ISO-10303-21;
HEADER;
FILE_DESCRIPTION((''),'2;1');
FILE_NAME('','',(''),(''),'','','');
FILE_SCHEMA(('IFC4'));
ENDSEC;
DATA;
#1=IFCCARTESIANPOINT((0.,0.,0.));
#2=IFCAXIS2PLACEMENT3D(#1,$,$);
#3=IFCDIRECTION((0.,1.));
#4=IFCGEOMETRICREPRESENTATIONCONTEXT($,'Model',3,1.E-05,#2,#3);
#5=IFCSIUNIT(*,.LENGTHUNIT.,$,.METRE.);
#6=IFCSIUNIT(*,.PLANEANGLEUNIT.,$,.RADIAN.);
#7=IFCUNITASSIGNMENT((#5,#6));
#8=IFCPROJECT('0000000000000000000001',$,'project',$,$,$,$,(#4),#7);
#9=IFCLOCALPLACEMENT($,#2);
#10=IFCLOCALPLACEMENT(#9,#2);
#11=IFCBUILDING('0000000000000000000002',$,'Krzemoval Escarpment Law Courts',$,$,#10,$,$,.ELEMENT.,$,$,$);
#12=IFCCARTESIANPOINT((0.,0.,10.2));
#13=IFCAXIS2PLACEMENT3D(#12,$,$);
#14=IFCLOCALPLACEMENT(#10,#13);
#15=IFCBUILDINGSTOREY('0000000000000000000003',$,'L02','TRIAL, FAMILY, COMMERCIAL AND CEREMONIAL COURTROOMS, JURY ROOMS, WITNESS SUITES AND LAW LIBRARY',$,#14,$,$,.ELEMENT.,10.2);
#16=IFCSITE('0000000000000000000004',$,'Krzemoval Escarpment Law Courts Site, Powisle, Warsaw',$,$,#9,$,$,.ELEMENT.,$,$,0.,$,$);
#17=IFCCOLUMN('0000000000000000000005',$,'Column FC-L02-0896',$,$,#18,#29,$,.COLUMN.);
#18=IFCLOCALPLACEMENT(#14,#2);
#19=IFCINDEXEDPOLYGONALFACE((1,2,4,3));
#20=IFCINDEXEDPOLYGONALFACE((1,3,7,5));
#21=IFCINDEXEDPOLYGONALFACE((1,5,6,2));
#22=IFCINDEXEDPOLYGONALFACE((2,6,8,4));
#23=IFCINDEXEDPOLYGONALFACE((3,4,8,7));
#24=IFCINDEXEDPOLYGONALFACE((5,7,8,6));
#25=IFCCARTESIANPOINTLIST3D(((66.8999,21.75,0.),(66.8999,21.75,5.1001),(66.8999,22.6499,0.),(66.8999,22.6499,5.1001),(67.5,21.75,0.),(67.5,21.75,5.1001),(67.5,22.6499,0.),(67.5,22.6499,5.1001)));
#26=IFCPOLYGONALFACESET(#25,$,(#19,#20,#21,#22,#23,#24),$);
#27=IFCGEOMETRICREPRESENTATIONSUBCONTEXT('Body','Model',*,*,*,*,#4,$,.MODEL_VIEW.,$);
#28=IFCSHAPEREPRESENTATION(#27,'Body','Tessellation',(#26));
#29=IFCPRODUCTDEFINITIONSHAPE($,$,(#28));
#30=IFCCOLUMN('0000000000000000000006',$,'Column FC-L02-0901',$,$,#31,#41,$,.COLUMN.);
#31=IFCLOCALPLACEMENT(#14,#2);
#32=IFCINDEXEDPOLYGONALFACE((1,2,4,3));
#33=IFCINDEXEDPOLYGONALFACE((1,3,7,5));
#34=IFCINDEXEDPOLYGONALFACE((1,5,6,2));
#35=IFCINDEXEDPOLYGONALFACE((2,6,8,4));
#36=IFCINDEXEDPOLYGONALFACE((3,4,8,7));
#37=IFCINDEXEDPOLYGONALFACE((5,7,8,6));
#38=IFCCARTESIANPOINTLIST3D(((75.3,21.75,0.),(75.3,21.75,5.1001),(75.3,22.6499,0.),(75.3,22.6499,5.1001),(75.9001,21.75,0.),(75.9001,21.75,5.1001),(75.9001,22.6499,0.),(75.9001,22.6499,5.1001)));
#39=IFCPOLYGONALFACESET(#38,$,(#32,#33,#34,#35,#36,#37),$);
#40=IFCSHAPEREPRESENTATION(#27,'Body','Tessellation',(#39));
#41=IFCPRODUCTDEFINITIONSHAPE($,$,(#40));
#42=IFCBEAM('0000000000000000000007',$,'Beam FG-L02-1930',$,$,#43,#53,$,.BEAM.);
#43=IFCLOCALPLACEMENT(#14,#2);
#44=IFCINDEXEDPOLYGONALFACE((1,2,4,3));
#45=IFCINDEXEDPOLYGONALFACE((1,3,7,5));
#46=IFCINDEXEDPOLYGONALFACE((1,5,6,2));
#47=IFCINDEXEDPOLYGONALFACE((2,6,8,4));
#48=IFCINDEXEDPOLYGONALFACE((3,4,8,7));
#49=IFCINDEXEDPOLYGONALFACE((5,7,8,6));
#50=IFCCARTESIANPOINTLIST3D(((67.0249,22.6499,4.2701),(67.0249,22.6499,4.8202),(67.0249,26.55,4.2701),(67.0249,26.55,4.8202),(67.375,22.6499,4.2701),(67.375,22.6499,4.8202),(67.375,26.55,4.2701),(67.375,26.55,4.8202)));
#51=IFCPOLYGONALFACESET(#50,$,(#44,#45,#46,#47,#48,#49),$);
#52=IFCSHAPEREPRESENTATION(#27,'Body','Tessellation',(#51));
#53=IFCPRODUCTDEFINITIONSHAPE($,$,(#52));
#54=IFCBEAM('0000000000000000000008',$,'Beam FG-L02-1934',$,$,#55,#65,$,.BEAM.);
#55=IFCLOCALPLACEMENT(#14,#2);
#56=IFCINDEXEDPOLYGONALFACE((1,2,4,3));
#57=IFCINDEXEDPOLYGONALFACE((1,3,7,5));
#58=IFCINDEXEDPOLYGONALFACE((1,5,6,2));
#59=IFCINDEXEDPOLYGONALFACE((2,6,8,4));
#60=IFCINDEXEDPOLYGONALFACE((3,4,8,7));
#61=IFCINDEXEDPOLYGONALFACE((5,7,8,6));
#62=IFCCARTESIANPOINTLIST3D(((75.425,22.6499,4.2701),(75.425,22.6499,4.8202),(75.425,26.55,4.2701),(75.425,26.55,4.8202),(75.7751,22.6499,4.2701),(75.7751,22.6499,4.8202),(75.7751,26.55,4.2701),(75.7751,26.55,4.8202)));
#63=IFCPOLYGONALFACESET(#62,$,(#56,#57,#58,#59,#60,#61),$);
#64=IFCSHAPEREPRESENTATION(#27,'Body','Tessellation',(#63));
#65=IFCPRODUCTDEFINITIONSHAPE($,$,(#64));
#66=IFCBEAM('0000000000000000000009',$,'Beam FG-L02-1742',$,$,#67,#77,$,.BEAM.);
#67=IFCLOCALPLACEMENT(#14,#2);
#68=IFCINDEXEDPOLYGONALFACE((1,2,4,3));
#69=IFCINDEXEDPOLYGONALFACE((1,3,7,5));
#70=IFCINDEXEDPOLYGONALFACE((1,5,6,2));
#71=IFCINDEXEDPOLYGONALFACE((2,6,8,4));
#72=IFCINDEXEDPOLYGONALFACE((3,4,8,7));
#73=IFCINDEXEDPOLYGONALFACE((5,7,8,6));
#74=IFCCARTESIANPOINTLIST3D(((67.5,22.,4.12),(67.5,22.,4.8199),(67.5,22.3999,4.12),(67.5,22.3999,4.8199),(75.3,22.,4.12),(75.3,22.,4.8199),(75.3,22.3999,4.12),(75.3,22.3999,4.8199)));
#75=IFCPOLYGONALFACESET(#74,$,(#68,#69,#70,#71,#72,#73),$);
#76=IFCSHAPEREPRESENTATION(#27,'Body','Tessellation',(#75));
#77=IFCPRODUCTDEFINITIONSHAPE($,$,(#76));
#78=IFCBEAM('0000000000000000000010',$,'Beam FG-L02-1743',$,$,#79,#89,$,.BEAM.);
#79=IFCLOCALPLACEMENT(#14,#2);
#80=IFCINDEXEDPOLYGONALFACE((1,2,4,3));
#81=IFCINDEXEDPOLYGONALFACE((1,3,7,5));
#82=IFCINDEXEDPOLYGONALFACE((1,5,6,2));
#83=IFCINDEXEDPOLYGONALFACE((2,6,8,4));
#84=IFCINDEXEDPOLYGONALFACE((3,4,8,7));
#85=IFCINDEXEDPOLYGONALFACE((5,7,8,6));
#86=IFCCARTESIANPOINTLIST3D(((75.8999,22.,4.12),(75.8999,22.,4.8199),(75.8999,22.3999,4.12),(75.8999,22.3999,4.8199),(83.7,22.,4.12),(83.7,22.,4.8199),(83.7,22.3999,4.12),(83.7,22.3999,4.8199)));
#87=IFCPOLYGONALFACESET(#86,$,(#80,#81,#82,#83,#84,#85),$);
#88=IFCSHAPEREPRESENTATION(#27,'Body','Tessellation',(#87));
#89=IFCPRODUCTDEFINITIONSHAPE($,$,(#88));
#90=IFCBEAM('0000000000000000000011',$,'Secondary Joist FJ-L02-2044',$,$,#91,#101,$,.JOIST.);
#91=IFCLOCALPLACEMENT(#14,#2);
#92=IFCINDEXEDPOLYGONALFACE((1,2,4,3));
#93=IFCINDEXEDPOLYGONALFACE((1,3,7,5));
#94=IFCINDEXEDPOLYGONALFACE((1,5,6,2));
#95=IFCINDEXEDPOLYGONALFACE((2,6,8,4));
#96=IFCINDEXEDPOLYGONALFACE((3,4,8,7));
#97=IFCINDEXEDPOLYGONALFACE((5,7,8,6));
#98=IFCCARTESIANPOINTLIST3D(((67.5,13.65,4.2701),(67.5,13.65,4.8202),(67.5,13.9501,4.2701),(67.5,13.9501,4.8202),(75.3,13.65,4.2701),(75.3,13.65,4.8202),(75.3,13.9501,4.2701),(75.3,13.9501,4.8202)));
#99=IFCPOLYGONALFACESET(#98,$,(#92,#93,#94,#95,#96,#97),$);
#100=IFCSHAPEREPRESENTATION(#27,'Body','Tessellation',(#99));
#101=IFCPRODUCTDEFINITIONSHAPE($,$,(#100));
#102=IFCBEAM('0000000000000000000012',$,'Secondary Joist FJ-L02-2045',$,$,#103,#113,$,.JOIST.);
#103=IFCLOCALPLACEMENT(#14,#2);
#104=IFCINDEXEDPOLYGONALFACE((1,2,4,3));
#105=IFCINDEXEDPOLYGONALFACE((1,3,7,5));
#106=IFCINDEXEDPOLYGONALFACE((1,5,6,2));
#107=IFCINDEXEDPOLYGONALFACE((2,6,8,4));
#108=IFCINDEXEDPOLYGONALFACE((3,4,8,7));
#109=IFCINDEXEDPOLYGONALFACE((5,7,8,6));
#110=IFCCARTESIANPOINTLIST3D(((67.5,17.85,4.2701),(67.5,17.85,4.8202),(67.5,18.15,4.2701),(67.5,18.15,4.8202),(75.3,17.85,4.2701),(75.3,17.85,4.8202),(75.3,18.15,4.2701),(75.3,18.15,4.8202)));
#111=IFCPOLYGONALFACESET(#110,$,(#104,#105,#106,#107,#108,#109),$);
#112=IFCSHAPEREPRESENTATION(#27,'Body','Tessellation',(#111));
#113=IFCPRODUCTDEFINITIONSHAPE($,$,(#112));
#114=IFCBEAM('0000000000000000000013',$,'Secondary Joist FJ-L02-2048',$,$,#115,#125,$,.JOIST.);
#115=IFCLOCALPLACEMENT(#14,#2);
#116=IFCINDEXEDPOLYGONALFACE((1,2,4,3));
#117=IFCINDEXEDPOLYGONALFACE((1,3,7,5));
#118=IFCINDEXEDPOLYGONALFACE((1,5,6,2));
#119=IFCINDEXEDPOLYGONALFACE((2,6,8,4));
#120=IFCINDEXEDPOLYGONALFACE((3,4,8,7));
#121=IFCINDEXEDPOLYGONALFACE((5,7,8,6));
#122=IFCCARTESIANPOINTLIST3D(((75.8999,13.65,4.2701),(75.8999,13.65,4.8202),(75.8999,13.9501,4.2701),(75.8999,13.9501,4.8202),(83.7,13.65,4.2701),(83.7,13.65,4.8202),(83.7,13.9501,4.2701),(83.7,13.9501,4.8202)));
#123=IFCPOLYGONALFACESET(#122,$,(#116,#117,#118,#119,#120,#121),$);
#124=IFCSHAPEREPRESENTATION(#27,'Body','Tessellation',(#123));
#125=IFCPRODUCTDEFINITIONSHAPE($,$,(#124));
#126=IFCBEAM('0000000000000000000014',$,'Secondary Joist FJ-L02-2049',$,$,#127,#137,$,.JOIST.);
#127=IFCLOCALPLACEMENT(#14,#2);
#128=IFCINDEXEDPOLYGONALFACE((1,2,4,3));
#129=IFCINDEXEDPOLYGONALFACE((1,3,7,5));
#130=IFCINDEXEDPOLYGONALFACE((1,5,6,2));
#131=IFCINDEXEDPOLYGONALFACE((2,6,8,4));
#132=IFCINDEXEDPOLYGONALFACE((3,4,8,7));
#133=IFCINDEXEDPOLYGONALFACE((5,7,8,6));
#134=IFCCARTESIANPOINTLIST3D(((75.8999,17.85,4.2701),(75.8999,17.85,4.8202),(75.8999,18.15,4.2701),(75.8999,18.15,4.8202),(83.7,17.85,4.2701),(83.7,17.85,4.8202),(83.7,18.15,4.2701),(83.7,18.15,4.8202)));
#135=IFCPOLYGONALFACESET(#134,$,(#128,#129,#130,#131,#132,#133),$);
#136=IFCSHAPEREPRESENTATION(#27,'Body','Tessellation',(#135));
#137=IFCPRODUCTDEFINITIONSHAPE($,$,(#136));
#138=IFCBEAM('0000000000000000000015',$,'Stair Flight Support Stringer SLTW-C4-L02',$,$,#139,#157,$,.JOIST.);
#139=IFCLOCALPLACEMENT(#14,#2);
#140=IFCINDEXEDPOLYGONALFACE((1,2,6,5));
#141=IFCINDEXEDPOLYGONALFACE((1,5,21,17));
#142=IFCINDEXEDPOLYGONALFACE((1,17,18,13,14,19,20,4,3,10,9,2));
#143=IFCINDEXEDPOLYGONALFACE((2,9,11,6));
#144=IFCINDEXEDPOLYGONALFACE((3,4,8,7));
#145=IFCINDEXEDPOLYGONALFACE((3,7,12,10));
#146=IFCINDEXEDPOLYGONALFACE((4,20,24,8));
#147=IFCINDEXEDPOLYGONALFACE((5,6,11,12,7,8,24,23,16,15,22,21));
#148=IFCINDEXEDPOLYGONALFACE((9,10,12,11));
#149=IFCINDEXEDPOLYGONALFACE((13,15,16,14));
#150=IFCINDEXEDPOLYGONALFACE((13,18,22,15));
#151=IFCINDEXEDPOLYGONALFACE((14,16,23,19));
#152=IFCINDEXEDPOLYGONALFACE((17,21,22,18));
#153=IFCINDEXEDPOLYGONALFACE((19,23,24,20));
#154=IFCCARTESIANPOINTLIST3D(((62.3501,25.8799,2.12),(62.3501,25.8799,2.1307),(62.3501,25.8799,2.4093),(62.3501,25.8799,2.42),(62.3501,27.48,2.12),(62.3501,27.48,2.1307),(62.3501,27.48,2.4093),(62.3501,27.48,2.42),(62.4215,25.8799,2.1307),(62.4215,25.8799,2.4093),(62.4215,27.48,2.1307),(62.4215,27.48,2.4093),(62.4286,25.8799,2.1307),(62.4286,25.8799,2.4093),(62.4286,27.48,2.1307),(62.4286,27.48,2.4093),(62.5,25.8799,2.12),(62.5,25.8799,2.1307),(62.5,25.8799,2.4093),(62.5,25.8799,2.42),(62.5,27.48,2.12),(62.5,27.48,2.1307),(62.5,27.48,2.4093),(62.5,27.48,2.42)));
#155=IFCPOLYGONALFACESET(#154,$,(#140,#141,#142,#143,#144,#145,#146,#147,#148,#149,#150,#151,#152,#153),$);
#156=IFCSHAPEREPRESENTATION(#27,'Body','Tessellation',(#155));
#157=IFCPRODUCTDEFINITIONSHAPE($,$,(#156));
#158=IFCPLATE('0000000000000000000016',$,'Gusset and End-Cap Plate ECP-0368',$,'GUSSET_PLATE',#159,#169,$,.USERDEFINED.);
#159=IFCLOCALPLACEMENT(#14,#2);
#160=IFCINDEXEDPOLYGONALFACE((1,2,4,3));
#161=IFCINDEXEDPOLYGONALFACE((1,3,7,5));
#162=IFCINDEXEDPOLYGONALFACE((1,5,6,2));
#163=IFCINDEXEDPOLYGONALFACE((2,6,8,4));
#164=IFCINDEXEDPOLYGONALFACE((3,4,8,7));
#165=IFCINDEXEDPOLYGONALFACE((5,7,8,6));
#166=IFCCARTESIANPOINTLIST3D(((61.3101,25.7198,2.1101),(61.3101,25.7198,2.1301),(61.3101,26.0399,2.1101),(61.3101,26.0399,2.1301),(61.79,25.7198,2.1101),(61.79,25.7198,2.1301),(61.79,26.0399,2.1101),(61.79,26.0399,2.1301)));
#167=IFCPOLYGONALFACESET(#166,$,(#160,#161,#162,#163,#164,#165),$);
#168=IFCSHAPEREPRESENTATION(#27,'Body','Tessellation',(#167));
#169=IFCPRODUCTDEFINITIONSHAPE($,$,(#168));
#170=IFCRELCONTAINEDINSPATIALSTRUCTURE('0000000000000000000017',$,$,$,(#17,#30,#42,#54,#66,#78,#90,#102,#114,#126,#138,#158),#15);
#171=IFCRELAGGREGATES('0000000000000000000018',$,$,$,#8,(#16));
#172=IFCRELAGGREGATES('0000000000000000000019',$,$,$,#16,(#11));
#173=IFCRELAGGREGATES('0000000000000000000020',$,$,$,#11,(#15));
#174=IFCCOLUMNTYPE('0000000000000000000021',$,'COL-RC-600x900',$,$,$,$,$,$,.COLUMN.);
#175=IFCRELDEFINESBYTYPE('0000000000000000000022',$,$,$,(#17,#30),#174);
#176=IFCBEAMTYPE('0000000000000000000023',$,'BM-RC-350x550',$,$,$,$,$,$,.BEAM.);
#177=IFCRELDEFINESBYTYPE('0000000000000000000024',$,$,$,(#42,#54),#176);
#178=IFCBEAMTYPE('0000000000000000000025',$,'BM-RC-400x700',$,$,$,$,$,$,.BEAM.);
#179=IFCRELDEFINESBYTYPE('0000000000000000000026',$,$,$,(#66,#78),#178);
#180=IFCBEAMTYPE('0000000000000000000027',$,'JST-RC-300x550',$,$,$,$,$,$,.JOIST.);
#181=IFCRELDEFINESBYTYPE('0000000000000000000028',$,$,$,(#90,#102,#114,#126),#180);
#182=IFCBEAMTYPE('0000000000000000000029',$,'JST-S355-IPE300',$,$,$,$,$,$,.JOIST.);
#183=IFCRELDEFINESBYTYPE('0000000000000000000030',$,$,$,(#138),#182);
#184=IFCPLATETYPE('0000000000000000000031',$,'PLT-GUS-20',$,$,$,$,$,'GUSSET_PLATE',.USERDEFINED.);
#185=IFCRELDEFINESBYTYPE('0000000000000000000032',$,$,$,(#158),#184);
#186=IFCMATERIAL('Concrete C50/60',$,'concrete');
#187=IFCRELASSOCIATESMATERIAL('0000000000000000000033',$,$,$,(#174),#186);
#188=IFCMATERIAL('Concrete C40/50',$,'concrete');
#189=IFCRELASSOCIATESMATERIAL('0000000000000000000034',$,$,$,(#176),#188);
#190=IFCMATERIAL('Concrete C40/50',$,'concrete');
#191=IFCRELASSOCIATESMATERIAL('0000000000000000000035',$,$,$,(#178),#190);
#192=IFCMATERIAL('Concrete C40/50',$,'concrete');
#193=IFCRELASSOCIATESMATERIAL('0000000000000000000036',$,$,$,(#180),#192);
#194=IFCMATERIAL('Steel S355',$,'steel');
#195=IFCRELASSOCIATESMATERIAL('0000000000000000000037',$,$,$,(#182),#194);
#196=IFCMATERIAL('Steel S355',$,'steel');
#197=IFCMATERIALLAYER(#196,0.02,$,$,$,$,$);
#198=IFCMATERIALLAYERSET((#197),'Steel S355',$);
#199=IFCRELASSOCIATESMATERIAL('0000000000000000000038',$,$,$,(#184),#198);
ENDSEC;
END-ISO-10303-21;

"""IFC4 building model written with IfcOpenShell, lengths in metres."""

from ifc_helpers import new_model, si_unit, direction, frame, origin, origin_2d, place, context, subcontext, project, spatial, rectangle, i_section, extrude, material, layer, layer_set, material_profile, profile_set, type_object, element, save


model = new_model("IFC4")

# Units and contexts
model_context = context("Model", 3, precision=1e-05, world=origin(), true_north=direction((0.0, 1.0)))
body_context = subcontext(model_context, "Body", "Model", "MODEL_VIEW")
ifc_project = project(units=[si_unit("LENGTHUNIT", "METRE"), si_unit("PLANEANGLEUNIT", "RADIAN")], contexts=[model_context])

# Site, building, storey
site_placement = place(None, origin())
site = spatial("IfcSite", under=ifc_project, at=site_placement, Name="Krzemoval Escarpment Law Courts Site, Powisle, Warsaw", CompositionType="ELEMENT", RefElevation=0.0)
building_placement = place(site_placement, origin())
building = spatial("IfcBuilding", under=site, at=building_placement, Name="Krzemoval Escarpment Law Courts", CompositionType="ELEMENT")
storey_placement = place(building_placement, frame((0.0, 0.0, 10.2)))
storey = spatial("IfcBuildingStorey", under=building, at=storey_placement, Name="L02", Description="TRIAL, FAMILY, COMMERCIAL AND CEREMONIAL COURTROOMS, JURY ROOMS, WITNESS SUITES AND LAW LIBRARY", CompositionType="ELEMENT", Elevation=10.2)

# Columns
ifc_material_1 = material(Name="Concrete C50/60", Category="concrete")
ifc_material_profile_1 = material_profile(ifc_material_1, rectangle(XDim=0.6001, YDim=0.8999, at=origin_2d()), Name="RC 600x900")
ifc_profile_set_1 = profile_set([ifc_material_profile_1], Name="Concrete C50/60")
column_type = type_object("IfcColumnType", Name="COL-RC-600x900", PredefinedType="COLUMN", material=ifc_profile_set_1)
for number, where, z_axis, x_axis, name in (
    (1, (67.2, 22.2, 0.0), (0.0, 0.0, 1.0), (1.0, 0.0, 0.0), "Column FC-L02-0896"),
    (2, (75.6001, 22.2, 0.0), (0.0, 0.0, 1.0), (1.0, 0.0, 0.0), "Column FC-L02-0901"),
):
    element("IfcColumn", number, at=place(storey_placement, frame(where, z_axis=z_axis, x_axis=x_axis)), inside=storey, type_object=column_type, Name=name, PredefinedType="COLUMN", context=body_context, shape_type="SweptSolid", body=[
        extrude(rectangle(XDim=0.6001, YDim=0.8999, at=origin_2d()), origin(), (0.0, 0.0, 1.0), 5.1001),
    ])

# Beams
ifc_material_2 = material(Name="Concrete C40/50", Category="concrete")
ifc_material_profile_2 = material_profile(ifc_material_2, rectangle(XDim=0.3501, YDim=0.55, at=origin_2d()), Name="RCB 350x550")
ifc_profile_set_2 = profile_set([ifc_material_profile_2], Name="Concrete C40/50")
beam_type_1 = type_object("IfcBeamType", Name="BM-RC-350x550", PredefinedType="BEAM", material=ifc_profile_set_2)
for number, where, z_axis, x_axis, name in (
    (3, (67.2, 22.6499, 4.5452), (0.0, 1.0, 0.0), (-1.0, 0.0, 0.0), "Beam FG-L02-1930"),
    (4, (75.6001, 22.6499, 4.5452), (0.0, 1.0, 0.0), (-1.0, 0.0, 0.0), "Beam FG-L02-1934"),
):
    element("IfcBeam", number, at=place(storey_placement, frame(where, z_axis=z_axis, x_axis=x_axis)), inside=storey, type_object=beam_type_1, Name=name, PredefinedType="BEAM", context=body_context, shape_type="SweptSolid", body=[
        extrude(rectangle(XDim=0.3501, YDim=0.55, at=origin_2d()), origin(), (0.0, 0.0, 1.0), 3.9001),
    ])
ifc_material_3 = material(Name="Concrete C40/50", Category="concrete")
ifc_material_profile_3 = material_profile(ifc_material_3, rectangle(XDim=0.3999, YDim=0.7, at=origin_2d()), Name="RCB 400x700")
ifc_profile_set_3 = profile_set([ifc_material_profile_3], Name="Concrete C40/50")
beam_type_2 = type_object("IfcBeamType", Name="BM-RC-400x700", PredefinedType="BEAM", material=ifc_profile_set_3)
for number, where, z_axis, x_axis, name in (
    (5, (67.5, 22.2, 4.47), (1.0, 0.0, 0.0), (0.0, 1.0, 0.0), "Beam FG-L02-1742"),
    (6, (75.8999, 22.2, 4.47), (1.0, 0.0, 0.0), (0.0, 1.0, 0.0), "Beam FG-L02-1743"),
):
    element("IfcBeam", number, at=place(storey_placement, frame(where, z_axis=z_axis, x_axis=x_axis)), inside=storey, type_object=beam_type_2, Name=name, PredefinedType="BEAM", context=body_context, shape_type="SweptSolid", body=[
        extrude(rectangle(XDim=0.3999, YDim=0.7, at=origin_2d()), origin(), (0.0, 0.0, 1.0), 7.8),
    ])
ifc_material_4 = material(Name="Concrete C40/50", Category="concrete")
ifc_material_profile_4 = material_profile(ifc_material_4, rectangle(XDim=0.3, YDim=0.55, at=origin_2d()), Name="RCB 300x550")
ifc_profile_set_4 = profile_set([ifc_material_profile_4], Name="Concrete C40/50")
beam_type_3 = type_object("IfcBeamType", Name="JST-RC-300x550", PredefinedType="JOIST", material=ifc_profile_set_4)
for number, where, z_axis, x_axis, name in (
    (7, (67.5, 13.8, 4.5452), (1.0, 0.0, 0.0), (0.0, 1.0, 0.0), "Secondary Joist FJ-L02-2044"),
    (8, (67.5, 18.0, 4.5452), (1.0, 0.0, 0.0), (0.0, 1.0, 0.0), "Secondary Joist FJ-L02-2045"),
    (9, (75.8999, 13.8, 4.5452), (1.0, 0.0, 0.0), (0.0, 1.0, 0.0), "Secondary Joist FJ-L02-2048"),
    (10, (75.8999, 18.0, 4.5452), (1.0, 0.0, 0.0), (0.0, 1.0, 0.0), "Secondary Joist FJ-L02-2049"),
):
    element("IfcBeam", number, at=place(storey_placement, frame(where, z_axis=z_axis, x_axis=x_axis)), inside=storey, type_object=beam_type_3, Name=name, PredefinedType="JOIST", context=body_context, shape_type="SweptSolid", body=[
        extrude(rectangle(XDim=0.3, YDim=0.55, at=origin_2d()), origin(), (0.0, 0.0, 1.0), 7.8),
    ])
ifc_material_5 = material(Name="Steel S355", Category="steel")
ifc_material_profile_5 = material_profile(ifc_material_5, i_section(OverallWidth=0.1499, OverallDepth=0.3, WebThickness=0.0071, FlangeThickness=0.0107, at=origin_2d()), Name="IPE 300")
ifc_profile_set_5 = profile_set([ifc_material_profile_5], Name="Steel S355")
beam_type_4 = type_object("IfcBeamType", Name="JST-S355-IPE300", PredefinedType="JOIST", material=ifc_profile_set_5)
beam_placement = place(storey_placement, frame((62.425, 25.8799, 2.27), z_axis=(0.0, 1.0, 0.0), x_axis=(-1.0, 0.0, 0.0)))
element("IfcBeam", 11, at=beam_placement, inside=storey, type_object=beam_type_4, Name="Stair Flight Support Stringer SLTW-C4-L02", PredefinedType="JOIST", context=body_context, shape_type="SweptSolid", body=[
    extrude(i_section(OverallWidth=0.1499, OverallDepth=0.3, WebThickness=0.0071, FlangeThickness=0.0107, at=origin_2d()), origin(), (0.0, 0.0, 1.0), 1.6001),
])

# Plate
ifc_material_6 = material(Name="Steel S355", Category="steel")
ifc_layer_1 = layer(ifc_material_6, 0.02)
ifc_layer_set_1 = layer_set([ifc_layer_1], Name="Steel S355")
plate_type = type_object("IfcPlateType", Name="PLT-GUS-20", ElementType="GUSSET_PLATE", PredefinedType="USERDEFINED", material=ifc_layer_set_1)
plate_placement = place(storey_placement, frame((61.55, 25.8799, 2.1101), z_axis=(0.0, 0.0, 1.0), x_axis=(1.0, 0.0, 0.0)))
element("IfcPlate", 12, at=plate_placement, inside=storey, type_object=plate_type, Name="Gusset and End-Cap Plate ECP-0368", ObjectType="GUSSET_PLATE", PredefinedType="USERDEFINED", context=body_context, shape_type="SweptSolid", body=[
    extrude(rectangle(XDim=0.48, YDim=0.3201, at=origin_2d()), origin(), (0.0, 0.0, 1.0), 0.02),
])

save(model, "model.ifc")
